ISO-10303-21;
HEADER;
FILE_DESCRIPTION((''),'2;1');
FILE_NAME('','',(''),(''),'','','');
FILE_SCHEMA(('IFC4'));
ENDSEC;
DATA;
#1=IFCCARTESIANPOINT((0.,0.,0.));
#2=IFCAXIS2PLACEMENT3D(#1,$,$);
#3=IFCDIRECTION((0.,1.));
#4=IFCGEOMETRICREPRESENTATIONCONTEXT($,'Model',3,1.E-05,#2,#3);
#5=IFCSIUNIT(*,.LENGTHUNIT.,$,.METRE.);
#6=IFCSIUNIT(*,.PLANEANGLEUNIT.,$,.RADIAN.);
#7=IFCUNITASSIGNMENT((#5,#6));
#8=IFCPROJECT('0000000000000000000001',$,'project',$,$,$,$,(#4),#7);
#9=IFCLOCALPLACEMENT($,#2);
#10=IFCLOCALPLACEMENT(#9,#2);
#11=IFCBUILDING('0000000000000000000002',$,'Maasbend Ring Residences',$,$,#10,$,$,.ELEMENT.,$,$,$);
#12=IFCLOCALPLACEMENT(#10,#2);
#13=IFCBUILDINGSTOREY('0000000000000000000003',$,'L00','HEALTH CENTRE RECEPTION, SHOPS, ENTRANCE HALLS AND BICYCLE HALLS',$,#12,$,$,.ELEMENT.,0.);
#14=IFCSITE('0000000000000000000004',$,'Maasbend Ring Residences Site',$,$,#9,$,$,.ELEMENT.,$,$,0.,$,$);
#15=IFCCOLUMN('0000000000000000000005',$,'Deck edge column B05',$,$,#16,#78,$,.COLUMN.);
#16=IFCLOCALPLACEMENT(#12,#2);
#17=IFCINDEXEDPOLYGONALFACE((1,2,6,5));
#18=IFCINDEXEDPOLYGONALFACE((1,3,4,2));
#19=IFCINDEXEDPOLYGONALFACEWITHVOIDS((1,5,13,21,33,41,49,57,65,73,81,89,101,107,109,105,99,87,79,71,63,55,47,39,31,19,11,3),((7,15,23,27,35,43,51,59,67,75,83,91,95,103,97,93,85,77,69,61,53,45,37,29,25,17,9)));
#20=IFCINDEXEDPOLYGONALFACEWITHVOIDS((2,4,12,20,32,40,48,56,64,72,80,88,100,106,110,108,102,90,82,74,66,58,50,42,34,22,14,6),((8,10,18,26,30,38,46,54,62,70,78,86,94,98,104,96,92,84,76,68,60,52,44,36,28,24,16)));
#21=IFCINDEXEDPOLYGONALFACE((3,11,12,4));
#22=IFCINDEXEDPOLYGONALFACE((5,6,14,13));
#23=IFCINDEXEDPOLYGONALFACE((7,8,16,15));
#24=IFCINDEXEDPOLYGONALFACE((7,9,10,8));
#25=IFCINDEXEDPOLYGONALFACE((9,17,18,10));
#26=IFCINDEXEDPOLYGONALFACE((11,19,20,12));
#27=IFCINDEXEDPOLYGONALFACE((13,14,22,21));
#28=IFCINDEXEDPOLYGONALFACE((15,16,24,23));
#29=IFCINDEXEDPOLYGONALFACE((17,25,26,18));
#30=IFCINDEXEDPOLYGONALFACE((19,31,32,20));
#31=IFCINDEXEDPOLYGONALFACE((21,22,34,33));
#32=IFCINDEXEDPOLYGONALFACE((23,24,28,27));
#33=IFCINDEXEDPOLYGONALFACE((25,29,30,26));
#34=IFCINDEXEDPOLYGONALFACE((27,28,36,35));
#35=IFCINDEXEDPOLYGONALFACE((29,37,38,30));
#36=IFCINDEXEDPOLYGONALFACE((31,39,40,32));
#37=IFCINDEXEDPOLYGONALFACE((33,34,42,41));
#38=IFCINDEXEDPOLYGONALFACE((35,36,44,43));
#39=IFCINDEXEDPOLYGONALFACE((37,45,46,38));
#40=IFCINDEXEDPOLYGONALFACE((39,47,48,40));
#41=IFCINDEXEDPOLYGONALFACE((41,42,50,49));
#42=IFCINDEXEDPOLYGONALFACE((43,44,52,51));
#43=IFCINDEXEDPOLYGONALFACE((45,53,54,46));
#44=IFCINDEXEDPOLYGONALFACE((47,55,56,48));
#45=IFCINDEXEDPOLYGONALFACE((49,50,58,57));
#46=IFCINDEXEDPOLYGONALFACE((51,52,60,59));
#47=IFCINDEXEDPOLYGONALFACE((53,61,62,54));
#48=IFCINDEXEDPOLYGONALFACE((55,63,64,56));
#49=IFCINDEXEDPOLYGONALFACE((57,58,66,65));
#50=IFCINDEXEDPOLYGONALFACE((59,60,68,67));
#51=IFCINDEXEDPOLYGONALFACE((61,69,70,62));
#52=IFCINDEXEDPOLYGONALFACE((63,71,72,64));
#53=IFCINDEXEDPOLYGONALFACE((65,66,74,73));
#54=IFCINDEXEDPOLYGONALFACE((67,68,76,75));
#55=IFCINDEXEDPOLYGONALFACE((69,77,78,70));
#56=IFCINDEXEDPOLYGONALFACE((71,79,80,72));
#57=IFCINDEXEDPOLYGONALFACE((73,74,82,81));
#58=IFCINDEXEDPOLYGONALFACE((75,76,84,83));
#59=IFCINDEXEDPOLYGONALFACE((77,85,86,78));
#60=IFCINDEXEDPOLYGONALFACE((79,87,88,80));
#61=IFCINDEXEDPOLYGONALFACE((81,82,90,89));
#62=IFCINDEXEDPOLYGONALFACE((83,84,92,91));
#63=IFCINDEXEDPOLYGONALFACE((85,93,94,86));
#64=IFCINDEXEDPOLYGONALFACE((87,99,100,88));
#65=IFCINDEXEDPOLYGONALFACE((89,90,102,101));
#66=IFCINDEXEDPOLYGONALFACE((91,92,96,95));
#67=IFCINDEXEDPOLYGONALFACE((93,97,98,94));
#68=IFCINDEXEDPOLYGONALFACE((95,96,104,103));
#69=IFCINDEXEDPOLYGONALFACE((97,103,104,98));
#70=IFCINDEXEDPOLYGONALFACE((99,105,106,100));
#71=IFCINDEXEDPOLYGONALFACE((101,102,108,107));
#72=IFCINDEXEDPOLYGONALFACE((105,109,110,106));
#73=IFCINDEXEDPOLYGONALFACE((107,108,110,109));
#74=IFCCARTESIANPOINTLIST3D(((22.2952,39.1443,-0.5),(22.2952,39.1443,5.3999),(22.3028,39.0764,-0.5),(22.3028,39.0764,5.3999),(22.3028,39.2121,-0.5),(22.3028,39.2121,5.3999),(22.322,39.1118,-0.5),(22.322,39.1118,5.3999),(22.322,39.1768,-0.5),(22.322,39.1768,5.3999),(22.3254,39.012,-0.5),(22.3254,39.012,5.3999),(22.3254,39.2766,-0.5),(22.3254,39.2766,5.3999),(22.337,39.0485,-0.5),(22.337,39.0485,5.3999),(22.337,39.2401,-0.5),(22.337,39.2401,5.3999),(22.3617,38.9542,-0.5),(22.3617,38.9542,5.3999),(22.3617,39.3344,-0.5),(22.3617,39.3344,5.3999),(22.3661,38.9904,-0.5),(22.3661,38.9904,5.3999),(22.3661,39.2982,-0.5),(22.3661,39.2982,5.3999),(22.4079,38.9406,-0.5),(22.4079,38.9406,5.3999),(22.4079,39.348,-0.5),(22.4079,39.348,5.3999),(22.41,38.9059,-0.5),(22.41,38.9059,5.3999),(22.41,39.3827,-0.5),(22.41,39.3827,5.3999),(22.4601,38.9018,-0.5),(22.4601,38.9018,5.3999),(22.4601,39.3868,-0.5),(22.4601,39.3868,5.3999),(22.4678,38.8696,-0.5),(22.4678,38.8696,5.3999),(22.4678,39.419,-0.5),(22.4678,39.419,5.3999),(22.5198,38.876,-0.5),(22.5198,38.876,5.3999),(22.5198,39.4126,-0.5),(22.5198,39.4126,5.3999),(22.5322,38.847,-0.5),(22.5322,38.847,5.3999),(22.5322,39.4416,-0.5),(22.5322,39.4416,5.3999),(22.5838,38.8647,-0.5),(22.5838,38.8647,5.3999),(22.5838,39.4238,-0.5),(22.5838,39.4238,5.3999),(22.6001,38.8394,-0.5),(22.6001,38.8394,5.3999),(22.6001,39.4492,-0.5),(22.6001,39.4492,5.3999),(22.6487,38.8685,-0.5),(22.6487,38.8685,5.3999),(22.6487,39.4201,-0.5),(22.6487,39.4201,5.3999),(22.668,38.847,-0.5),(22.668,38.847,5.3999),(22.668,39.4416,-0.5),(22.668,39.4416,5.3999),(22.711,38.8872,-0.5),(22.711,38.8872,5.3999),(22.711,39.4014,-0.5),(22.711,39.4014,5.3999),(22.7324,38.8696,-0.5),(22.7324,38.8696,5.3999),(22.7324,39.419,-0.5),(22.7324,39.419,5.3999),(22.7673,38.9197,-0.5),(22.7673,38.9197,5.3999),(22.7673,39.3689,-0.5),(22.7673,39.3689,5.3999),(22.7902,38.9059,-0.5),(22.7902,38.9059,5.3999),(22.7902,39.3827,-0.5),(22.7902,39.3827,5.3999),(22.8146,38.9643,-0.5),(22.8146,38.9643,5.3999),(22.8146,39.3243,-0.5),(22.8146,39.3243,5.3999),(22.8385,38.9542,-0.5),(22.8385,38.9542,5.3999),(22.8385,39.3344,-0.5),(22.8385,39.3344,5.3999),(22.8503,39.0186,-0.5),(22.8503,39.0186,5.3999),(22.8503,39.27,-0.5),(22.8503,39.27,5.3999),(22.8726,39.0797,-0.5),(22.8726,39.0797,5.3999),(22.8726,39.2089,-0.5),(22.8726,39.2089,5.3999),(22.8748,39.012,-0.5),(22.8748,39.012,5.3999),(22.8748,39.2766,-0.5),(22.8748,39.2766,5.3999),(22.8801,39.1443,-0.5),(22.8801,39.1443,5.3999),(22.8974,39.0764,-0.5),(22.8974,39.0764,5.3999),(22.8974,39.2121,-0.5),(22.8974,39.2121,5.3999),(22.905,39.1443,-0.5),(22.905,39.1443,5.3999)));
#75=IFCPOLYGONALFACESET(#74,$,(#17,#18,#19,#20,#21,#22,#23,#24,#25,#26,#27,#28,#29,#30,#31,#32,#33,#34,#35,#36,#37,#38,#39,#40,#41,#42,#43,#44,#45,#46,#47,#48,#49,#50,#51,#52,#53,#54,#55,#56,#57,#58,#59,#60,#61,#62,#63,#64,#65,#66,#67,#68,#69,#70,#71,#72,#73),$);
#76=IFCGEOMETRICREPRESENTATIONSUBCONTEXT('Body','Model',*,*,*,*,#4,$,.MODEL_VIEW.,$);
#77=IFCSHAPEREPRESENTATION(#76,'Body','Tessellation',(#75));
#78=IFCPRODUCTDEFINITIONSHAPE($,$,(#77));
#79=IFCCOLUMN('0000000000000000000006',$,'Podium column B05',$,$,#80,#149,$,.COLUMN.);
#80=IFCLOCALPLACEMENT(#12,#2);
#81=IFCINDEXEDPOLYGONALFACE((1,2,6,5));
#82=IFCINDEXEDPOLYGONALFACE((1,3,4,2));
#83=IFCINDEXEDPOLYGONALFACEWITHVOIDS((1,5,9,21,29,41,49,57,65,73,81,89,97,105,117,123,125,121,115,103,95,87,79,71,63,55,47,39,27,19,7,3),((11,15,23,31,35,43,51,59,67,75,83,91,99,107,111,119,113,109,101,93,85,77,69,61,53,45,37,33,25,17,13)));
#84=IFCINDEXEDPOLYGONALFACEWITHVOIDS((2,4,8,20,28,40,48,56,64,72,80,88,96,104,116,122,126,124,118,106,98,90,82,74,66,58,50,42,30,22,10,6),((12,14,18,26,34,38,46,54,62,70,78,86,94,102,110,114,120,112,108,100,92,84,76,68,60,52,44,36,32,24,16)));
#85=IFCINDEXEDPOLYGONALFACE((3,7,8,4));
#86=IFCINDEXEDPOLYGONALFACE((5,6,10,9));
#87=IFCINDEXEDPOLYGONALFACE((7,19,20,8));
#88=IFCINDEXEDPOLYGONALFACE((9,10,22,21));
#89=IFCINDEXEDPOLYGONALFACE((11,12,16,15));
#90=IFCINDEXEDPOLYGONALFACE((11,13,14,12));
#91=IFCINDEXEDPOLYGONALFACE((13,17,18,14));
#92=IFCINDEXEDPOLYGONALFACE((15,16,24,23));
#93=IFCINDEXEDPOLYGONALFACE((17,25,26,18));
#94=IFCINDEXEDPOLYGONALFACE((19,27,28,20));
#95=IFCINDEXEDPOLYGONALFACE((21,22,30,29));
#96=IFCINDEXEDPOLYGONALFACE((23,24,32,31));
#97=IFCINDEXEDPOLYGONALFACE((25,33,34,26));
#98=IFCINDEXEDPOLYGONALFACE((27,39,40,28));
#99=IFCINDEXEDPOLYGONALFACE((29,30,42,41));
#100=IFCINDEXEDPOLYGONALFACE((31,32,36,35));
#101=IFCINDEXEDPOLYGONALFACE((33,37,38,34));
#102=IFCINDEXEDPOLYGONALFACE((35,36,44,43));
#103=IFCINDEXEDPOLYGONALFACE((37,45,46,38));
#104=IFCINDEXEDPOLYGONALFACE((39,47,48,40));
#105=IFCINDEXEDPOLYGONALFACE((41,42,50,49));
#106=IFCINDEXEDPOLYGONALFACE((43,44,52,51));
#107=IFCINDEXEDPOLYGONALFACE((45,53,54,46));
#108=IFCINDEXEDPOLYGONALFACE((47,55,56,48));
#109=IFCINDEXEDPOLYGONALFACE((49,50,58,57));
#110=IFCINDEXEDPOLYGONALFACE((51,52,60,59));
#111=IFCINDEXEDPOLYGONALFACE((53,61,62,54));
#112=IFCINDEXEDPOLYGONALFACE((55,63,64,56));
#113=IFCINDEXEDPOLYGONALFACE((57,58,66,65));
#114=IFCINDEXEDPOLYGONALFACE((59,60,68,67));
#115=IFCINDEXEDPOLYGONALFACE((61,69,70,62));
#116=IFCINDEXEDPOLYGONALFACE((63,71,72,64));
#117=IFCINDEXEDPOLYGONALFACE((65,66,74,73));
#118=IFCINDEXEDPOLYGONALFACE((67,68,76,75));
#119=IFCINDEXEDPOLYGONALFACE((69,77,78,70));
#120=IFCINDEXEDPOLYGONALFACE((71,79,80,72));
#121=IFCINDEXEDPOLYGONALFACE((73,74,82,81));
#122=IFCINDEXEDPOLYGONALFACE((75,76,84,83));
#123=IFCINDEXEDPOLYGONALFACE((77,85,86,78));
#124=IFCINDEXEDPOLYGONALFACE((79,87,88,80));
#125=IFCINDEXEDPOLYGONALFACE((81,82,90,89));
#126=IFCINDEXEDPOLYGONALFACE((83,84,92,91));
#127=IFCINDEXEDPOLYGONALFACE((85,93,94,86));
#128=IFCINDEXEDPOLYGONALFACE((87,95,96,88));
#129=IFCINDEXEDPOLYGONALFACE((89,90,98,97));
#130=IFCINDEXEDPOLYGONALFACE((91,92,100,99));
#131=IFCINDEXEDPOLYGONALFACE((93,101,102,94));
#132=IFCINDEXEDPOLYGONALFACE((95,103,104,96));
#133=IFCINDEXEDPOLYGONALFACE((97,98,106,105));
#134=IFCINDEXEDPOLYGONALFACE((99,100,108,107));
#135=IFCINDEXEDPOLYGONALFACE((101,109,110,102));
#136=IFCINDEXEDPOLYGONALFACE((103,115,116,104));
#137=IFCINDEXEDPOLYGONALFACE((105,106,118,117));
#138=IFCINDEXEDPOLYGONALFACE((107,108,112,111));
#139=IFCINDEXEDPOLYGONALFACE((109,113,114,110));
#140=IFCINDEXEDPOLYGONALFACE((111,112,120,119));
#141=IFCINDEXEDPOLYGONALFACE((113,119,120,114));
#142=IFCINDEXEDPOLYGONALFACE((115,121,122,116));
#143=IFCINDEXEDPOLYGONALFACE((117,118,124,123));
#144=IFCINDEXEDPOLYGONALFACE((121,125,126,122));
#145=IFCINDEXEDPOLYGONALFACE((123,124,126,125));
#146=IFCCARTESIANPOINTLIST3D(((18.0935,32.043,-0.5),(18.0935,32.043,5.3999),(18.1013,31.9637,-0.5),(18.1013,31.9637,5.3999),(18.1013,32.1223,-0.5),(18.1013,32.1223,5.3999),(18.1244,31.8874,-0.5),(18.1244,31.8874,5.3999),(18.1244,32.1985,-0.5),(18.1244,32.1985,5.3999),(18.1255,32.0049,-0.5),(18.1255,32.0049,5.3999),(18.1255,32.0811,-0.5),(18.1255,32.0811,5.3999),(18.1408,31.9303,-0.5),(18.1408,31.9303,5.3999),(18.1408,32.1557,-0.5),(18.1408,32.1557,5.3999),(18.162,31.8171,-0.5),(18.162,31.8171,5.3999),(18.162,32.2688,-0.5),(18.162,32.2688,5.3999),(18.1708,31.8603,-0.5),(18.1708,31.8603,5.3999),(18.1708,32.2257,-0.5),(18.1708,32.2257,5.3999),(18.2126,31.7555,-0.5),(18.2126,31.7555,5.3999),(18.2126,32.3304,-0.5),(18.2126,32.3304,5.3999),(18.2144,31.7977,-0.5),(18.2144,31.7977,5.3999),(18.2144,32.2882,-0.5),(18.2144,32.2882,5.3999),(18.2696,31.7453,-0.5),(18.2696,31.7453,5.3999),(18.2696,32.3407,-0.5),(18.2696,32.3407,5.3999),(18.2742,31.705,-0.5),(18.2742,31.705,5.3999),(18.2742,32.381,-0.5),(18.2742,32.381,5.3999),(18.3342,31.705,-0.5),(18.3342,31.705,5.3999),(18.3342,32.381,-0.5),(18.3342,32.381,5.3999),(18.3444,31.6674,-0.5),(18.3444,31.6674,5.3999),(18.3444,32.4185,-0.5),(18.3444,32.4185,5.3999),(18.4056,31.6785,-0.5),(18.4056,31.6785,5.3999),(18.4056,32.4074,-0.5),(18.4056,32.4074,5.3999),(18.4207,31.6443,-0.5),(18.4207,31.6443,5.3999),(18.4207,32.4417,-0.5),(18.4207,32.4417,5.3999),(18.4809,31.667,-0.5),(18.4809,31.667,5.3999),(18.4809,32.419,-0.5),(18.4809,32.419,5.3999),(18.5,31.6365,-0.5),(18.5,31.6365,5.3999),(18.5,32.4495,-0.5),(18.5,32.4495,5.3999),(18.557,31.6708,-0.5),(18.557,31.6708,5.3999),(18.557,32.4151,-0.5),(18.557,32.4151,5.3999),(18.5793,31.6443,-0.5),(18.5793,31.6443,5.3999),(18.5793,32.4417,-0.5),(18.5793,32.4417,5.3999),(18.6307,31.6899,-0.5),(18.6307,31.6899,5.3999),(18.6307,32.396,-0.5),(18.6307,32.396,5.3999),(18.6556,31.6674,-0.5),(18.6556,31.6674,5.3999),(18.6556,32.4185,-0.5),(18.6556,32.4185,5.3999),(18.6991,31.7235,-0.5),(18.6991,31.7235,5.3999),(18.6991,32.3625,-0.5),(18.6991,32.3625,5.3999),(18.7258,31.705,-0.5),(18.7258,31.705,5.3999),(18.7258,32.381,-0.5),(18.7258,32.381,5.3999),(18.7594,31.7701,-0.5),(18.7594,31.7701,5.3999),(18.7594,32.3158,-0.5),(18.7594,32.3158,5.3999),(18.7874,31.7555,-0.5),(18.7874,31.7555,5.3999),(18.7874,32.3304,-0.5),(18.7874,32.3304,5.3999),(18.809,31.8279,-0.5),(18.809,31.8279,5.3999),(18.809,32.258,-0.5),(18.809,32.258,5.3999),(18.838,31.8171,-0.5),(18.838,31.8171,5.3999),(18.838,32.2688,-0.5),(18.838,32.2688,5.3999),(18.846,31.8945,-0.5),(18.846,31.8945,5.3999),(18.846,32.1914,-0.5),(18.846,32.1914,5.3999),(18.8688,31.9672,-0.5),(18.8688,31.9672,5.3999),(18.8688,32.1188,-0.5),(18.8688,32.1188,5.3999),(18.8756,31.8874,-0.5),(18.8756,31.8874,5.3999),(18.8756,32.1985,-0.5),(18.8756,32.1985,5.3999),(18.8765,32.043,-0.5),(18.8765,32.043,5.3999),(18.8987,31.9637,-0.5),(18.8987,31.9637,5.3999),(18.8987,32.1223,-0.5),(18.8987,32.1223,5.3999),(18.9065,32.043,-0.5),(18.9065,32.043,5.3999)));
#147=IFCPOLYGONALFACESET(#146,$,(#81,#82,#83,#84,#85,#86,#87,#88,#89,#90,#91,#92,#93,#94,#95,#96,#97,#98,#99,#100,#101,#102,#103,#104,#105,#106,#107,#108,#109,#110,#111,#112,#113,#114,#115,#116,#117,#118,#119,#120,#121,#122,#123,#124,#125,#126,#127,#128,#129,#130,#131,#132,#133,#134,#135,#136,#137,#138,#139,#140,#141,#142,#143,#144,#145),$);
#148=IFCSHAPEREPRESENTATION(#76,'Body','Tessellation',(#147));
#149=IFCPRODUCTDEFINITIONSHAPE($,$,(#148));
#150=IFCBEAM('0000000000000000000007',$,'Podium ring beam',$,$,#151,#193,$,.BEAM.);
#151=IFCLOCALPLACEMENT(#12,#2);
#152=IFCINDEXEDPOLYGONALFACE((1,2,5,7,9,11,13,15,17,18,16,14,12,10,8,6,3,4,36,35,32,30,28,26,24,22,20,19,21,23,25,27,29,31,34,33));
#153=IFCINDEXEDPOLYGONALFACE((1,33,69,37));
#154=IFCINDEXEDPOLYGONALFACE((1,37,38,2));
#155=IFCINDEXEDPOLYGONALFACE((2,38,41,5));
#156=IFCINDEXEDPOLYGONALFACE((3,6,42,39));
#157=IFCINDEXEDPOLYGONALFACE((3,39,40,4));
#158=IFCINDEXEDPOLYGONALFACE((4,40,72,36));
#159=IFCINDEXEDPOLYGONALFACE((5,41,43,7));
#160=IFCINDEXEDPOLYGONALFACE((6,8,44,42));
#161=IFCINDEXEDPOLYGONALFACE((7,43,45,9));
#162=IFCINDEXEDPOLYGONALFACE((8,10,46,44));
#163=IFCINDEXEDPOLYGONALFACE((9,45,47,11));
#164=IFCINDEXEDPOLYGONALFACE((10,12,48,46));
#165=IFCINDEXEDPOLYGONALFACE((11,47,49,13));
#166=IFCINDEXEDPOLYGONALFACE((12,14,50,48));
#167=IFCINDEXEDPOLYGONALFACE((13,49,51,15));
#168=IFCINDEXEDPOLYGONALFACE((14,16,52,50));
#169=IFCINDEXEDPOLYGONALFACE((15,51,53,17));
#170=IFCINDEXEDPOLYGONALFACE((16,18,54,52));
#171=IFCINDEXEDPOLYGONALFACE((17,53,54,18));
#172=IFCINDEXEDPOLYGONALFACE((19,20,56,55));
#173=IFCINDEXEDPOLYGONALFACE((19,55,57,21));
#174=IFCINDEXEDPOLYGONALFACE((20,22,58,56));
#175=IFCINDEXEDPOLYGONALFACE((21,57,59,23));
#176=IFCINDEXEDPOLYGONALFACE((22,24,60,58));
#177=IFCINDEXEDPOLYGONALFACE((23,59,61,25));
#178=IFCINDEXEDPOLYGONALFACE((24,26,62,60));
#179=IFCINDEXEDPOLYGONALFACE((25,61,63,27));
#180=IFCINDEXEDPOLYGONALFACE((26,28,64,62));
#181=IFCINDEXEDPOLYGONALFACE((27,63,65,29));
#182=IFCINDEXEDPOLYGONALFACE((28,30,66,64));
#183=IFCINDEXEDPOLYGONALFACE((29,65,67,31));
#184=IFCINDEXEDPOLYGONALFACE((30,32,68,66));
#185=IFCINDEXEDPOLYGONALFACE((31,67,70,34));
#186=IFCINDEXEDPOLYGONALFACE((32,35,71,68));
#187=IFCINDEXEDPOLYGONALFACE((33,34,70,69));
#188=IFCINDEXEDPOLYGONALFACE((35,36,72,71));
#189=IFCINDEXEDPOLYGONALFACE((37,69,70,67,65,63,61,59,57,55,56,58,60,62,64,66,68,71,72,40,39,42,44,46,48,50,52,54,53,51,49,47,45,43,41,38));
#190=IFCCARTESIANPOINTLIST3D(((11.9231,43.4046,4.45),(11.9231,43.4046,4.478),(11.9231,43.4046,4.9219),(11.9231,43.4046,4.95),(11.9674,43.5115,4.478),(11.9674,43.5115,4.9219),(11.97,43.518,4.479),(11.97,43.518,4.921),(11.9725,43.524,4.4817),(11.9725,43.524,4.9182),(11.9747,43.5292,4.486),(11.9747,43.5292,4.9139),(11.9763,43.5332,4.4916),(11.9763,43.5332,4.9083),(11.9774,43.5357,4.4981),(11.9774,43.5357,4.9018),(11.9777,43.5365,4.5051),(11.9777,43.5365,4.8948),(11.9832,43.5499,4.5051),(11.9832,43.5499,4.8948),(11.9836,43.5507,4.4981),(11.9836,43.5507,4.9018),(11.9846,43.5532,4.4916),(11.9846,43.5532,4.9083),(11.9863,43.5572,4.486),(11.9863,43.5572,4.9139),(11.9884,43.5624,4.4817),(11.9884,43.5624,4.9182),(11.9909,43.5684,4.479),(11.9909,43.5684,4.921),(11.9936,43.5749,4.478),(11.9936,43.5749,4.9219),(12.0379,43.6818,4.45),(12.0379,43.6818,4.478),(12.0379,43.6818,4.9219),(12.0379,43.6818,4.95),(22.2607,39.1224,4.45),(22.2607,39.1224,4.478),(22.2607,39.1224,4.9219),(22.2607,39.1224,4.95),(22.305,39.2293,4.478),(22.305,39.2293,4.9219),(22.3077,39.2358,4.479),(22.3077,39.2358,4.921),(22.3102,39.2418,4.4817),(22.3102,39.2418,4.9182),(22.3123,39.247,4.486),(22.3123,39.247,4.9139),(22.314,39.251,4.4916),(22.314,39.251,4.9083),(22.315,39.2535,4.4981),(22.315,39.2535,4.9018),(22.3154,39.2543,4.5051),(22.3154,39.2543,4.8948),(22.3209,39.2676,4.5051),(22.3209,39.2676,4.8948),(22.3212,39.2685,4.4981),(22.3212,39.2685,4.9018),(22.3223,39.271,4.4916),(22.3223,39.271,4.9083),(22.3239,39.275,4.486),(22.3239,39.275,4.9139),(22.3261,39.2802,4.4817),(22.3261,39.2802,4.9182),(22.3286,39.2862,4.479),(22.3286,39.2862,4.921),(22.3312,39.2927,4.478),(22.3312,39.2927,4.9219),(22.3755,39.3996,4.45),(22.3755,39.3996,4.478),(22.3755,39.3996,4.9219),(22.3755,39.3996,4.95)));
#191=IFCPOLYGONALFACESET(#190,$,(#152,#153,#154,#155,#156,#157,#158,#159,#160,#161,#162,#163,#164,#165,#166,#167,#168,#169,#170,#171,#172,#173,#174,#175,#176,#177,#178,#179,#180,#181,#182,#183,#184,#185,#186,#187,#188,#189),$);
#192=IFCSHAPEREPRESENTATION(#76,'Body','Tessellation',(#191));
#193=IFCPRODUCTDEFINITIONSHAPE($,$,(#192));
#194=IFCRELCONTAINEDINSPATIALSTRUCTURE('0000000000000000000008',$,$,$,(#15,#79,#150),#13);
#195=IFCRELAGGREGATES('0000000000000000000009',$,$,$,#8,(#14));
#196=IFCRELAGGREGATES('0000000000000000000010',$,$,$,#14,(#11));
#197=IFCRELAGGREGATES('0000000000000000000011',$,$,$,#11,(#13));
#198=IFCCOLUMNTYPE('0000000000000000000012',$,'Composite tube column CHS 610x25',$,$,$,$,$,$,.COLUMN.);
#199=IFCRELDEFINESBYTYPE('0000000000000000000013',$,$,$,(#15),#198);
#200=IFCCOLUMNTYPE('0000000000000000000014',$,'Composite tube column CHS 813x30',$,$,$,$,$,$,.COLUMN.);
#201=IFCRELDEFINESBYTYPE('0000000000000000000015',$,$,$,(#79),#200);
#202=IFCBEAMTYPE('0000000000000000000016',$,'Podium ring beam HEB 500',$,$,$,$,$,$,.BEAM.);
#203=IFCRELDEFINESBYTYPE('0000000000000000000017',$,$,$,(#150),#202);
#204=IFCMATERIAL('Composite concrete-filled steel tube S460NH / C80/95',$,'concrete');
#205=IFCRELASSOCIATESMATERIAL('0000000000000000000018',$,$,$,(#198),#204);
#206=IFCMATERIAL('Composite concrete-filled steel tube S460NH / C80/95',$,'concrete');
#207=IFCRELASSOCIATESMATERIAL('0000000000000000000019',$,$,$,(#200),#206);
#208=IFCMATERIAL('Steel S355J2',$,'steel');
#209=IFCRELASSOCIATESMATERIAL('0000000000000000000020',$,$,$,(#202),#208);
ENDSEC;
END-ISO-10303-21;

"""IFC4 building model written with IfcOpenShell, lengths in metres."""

from ifc_helpers import new_model, si_unit, direction, frame, origin, origin_2d, place, context, subcontext, project, spatial, hollow_circle, i_section, extrude, material, material_profile, profile_set, type_object, element, save


model = new_model("IFC4")

# Units and contexts
model_context = context("Model", 3, precision=1e-05, world=origin(), true_north=direction((0.0, 1.0)))
body_context = subcontext(model_context, "Body", "Model", "MODEL_VIEW")
ifc_project = project(units=[si_unit("LENGTHUNIT", "METRE"), si_unit("PLANEANGLEUNIT", "RADIAN")], contexts=[model_context])

# Site, building, storey
site_placement = place(None, origin())
site = spatial("IfcSite", under=ifc_project, at=site_placement, Name="Maasbend Ring Residences Site", CompositionType="ELEMENT", RefElevation=0.0)
building_placement = place(site_placement, origin())
building = spatial("IfcBuilding", under=site, at=building_placement, Name="Maasbend Ring Residences", CompositionType="ELEMENT")
storey_placement = place(building_placement, origin())
storey = spatial("IfcBuildingStorey", under=building, at=storey_placement, Name="L00", Description="HEALTH CENTRE RECEPTION, SHOPS, ENTRANCE HALLS AND BICYCLE HALLS", CompositionType="ELEMENT", Elevation=0.0)

# Columns
ifc_material_1 = material(Name="Composite concrete-filled steel tube S460NH / C80/95", Category="concrete")
ifc_material_profile_1 = material_profile(ifc_material_1, hollow_circle(Radius=0.3049, WallThickness=0.0249, at=origin_2d()), Name="Composite tube column CHS 610x25")
ifc_profile_set_1 = profile_set([ifc_material_profile_1], Name="Composite concrete-filled steel tube S460NH / C80/95")
column_type_1 = type_object("IfcColumnType", Name="Composite tube column CHS 610x25", PredefinedType="COLUMN", material=ifc_profile_set_1)
column_1_placement = place(storey_placement, frame((22.6001, 39.1443, -0.5), z_axis=(0.0, 0.0, 1.0), x_axis=(1.0, 0.0, 0.0)))
element("IfcColumn", 1, at=column_1_placement, inside=storey, type_object=column_type_1, Name="Deck edge column B05", PredefinedType="COLUMN", context=body_context, shape_type="SweptSolid", body=[
    extrude(hollow_circle(Radius=0.3049, WallThickness=0.0249, at=origin_2d()), origin(), (0.0, 0.0, 1.0), 5.8999),
])
ifc_material_2 = material(Name="Composite concrete-filled steel tube S460NH / C80/95", Category="concrete")
ifc_material_profile_2 = material_profile(ifc_material_2, hollow_circle(Radius=0.4065, WallThickness=0.03, at=origin_2d()), Name="Composite tube column CHS 813x30")
ifc_profile_set_2 = profile_set([ifc_material_profile_2], Name="Composite concrete-filled steel tube S460NH / C80/95")
column_type_2 = type_object("IfcColumnType", Name="Composite tube column CHS 813x30", PredefinedType="COLUMN", material=ifc_profile_set_2)
column_2_placement = place(storey_placement, frame((18.5, 32.043, -0.5), z_axis=(0.0, 0.0, 1.0), x_axis=(1.0, 0.0, 0.0)))
element("IfcColumn", 2, at=column_2_placement, inside=storey, type_object=column_type_2, Name="Podium column B05", PredefinedType="COLUMN", context=body_context, shape_type="SweptSolid", body=[
    extrude(hollow_circle(Radius=0.4065, WallThickness=0.03, at=origin_2d()), origin(), (0.0, 0.0, 1.0), 5.8999),
])

# Beam
ifc_material_3 = material(Name="Steel S355J2", Category="steel")
ifc_material_profile_3 = material_profile(ifc_material_3, i_section(OverallWidth=0.3, OverallDepth=0.5, WebThickness=0.0144, FlangeThickness=0.0281, FilletRadius=0.0271, at=origin_2d()), Name="HEB 500")
ifc_profile_set_3 = profile_set([ifc_material_profile_3], Name="Steel S355J2")
beam_type_1 = type_object("IfcBeamType", Name="Podium ring beam HEB 500", PredefinedType="BEAM", material=ifc_profile_set_3)
beam_1_placement = place(storey_placement, frame((22.3181, 39.261, 4.7), z_axis=(-0.923872, 0.382701, 0.0), x_axis=(-0.382701, -0.923872, 0.0)))
element("IfcBeam", 3, at=beam_1_placement, inside=storey, type_object=beam_type_1, Name="Podium ring beam", PredefinedType="BEAM", context=body_context, shape_type="SweptSolid", body=[
    extrude(i_section(OverallWidth=0.3, OverallDepth=0.5, WebThickness=0.0144, FlangeThickness=0.0281, FilletRadius=0.0271, at=origin_2d()), origin(), (0.0, 0.0, 1.0), 11.1895),
])

save(model, "model.ifc")
